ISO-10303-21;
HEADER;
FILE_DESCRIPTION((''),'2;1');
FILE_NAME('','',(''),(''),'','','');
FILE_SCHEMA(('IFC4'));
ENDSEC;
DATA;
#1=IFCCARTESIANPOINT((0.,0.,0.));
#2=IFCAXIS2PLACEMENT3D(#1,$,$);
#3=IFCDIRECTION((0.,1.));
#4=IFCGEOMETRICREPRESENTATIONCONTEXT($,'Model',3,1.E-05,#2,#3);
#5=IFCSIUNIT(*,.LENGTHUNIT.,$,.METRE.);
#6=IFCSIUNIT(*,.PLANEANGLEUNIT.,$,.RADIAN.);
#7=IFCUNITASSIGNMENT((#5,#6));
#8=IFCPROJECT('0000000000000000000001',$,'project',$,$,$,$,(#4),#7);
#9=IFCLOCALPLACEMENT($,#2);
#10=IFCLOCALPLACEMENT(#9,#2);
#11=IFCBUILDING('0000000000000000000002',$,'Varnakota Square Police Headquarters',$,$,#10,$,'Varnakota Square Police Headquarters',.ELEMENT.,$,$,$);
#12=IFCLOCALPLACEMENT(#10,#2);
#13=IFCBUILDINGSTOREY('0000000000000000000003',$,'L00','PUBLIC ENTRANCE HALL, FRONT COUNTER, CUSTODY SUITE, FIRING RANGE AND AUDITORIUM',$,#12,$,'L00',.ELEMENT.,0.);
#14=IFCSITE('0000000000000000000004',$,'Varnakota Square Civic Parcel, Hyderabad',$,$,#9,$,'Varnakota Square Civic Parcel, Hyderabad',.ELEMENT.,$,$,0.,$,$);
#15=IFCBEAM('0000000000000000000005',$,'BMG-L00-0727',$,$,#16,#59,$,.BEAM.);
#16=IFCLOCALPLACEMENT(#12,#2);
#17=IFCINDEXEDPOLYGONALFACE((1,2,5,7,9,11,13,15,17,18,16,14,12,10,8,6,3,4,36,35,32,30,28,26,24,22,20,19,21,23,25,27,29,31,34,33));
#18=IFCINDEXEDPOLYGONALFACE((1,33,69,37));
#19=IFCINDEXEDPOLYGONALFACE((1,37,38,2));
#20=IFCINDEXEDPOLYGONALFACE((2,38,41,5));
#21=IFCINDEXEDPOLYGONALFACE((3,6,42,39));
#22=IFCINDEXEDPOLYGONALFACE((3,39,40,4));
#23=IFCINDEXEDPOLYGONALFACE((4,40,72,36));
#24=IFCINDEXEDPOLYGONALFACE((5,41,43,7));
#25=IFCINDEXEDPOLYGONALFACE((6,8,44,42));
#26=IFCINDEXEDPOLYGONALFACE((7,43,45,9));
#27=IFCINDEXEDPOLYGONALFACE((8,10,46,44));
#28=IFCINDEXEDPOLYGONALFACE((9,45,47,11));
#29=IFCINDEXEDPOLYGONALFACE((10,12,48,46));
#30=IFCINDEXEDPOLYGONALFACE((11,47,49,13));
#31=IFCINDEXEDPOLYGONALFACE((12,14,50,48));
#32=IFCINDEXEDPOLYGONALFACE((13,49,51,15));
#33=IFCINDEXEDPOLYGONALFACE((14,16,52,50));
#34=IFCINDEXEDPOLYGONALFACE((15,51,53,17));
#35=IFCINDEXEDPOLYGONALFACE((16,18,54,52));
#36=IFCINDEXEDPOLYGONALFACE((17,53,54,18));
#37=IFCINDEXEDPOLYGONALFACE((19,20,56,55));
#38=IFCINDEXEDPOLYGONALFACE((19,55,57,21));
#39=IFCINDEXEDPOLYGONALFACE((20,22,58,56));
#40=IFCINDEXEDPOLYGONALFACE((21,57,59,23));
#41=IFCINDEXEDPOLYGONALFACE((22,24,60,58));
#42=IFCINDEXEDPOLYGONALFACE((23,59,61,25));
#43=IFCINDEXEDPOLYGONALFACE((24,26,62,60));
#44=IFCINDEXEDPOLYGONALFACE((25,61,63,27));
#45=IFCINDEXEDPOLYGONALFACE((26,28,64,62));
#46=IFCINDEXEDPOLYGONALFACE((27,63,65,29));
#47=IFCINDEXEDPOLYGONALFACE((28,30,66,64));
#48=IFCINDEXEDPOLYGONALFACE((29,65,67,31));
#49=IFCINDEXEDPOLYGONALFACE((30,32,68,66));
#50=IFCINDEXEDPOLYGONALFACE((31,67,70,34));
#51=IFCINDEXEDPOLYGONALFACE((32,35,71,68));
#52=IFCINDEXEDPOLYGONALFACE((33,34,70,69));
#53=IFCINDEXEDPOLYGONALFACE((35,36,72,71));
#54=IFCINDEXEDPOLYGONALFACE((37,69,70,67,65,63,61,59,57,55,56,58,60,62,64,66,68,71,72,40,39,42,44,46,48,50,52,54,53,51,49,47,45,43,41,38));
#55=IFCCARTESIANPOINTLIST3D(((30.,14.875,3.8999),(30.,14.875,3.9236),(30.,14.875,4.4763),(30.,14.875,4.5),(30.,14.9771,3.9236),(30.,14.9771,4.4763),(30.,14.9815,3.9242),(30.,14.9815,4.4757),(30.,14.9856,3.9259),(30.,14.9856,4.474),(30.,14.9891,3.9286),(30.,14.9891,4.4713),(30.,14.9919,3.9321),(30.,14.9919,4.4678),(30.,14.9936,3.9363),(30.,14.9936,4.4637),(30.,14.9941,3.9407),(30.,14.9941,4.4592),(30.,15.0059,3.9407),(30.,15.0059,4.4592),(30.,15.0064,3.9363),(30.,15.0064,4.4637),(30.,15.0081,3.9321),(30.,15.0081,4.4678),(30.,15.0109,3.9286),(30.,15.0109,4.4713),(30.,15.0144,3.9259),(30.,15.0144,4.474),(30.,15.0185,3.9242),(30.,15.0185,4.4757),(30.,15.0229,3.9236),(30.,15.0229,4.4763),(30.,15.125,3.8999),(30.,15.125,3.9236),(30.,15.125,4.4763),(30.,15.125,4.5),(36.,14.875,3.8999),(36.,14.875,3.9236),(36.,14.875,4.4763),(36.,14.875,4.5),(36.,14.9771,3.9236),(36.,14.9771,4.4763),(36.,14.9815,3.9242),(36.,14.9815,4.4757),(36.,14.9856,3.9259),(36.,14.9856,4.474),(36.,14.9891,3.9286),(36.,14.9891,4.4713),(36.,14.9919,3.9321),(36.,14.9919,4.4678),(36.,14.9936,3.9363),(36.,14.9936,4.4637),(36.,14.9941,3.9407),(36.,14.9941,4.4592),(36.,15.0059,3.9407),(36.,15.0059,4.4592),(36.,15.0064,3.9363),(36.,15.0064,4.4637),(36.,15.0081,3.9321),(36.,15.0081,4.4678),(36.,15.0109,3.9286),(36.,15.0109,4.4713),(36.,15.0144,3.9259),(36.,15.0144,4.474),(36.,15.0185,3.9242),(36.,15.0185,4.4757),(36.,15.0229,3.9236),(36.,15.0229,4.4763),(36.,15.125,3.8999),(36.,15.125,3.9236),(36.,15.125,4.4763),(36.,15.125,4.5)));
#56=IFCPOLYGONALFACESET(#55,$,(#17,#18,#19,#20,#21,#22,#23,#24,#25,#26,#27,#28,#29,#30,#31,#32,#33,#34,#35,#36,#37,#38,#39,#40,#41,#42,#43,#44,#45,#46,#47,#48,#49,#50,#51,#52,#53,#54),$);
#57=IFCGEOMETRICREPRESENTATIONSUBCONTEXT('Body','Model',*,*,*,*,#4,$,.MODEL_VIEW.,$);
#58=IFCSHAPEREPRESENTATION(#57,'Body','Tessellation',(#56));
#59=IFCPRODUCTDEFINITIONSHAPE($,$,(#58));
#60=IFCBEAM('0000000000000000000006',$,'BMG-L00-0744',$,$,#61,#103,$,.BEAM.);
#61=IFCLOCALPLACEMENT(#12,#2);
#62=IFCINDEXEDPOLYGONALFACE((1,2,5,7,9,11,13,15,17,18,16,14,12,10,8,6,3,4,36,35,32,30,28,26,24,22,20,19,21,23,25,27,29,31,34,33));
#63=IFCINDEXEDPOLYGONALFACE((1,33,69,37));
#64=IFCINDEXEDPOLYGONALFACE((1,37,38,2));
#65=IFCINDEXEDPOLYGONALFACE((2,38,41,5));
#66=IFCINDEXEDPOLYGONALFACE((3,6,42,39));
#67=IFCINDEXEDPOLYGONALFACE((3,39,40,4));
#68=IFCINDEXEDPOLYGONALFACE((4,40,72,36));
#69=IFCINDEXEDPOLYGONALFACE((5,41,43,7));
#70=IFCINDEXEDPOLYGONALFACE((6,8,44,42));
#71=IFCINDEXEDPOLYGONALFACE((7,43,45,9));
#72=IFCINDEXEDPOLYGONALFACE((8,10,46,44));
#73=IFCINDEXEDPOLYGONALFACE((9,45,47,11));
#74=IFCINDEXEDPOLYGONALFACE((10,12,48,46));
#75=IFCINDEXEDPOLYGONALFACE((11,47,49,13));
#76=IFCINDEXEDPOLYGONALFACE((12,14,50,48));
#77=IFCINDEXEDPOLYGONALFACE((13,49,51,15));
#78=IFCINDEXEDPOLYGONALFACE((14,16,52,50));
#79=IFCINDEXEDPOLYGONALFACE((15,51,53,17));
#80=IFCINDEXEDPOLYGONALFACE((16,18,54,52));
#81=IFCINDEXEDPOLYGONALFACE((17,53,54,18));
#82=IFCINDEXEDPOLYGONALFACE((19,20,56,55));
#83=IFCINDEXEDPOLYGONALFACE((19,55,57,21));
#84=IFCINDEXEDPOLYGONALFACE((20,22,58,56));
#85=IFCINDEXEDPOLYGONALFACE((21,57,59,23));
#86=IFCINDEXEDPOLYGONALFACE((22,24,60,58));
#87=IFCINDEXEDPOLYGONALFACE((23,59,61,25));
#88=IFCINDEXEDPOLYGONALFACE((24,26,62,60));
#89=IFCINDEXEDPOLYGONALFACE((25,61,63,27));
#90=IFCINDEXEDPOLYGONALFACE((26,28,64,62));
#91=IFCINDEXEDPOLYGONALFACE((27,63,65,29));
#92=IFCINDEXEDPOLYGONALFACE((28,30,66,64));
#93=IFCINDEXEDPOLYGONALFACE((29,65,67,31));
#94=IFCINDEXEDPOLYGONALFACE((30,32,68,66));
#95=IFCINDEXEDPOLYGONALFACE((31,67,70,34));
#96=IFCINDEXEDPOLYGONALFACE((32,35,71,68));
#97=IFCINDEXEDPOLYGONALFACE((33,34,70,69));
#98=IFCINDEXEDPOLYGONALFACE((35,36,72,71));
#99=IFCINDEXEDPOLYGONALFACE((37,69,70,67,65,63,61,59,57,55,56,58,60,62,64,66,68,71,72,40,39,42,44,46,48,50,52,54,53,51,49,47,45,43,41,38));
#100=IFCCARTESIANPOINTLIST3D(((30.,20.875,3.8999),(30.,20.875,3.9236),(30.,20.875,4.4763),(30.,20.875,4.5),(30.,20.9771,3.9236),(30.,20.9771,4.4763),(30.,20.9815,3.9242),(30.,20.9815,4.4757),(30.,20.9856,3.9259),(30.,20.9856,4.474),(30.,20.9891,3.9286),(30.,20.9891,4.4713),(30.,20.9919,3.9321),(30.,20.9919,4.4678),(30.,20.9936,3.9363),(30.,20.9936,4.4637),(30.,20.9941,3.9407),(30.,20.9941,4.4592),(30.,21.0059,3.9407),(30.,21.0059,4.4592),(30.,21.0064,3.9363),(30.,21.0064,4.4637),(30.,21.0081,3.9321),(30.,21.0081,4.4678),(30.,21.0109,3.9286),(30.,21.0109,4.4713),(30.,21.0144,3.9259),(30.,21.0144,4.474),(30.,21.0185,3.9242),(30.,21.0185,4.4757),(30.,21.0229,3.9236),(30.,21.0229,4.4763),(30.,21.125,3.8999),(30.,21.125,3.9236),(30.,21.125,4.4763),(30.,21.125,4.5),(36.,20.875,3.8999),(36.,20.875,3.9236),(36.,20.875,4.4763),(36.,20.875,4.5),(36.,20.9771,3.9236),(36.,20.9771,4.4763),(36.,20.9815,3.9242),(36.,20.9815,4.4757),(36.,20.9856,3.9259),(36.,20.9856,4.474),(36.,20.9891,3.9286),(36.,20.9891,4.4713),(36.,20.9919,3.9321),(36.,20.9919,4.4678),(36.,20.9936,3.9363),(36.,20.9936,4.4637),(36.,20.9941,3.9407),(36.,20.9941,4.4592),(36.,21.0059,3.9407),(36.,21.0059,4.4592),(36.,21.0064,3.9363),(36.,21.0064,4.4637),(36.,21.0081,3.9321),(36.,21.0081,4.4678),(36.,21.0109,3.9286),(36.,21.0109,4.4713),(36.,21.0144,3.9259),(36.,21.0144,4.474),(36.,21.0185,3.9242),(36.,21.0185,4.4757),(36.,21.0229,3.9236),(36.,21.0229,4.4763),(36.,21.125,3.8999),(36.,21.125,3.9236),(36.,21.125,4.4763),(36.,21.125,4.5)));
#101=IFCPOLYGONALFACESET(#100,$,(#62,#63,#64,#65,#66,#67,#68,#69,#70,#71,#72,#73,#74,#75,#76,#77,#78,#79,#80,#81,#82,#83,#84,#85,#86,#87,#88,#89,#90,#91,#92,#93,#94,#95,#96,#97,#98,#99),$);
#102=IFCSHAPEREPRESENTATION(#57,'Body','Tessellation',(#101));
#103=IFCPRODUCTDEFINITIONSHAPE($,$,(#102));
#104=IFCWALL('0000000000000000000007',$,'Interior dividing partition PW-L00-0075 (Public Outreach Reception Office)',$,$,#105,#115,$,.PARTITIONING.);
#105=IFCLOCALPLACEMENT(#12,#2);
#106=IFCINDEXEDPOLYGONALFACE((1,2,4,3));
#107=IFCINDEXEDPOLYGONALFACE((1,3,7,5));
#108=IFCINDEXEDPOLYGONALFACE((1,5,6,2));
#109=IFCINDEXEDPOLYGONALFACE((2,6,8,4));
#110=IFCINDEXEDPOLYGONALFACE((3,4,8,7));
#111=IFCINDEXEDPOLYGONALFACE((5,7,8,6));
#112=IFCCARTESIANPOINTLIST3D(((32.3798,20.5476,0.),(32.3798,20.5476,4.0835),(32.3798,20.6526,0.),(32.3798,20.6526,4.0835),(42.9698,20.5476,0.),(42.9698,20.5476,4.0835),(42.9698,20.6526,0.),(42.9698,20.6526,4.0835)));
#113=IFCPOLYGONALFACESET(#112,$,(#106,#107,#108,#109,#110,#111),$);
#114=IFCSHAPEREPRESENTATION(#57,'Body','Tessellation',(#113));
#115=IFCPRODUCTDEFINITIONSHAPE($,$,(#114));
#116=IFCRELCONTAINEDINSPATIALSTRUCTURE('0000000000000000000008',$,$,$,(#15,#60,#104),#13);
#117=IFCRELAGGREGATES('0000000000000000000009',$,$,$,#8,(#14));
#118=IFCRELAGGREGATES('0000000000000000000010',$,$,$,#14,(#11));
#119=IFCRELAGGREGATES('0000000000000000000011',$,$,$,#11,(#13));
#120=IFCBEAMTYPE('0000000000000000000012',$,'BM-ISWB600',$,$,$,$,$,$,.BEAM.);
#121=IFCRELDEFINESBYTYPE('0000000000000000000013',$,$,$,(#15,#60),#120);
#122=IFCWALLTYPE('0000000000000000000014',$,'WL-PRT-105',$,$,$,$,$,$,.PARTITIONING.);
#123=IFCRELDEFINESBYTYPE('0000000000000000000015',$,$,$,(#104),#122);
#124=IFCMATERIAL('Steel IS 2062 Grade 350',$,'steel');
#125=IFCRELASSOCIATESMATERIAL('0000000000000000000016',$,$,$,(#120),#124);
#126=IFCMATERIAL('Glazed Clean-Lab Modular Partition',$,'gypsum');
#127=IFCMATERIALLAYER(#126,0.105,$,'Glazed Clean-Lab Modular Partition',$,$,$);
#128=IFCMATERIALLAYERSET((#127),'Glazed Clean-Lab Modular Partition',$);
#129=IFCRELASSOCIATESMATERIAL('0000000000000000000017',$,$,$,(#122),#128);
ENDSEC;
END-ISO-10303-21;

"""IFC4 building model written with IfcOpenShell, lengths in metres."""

from ifc_helpers import new_model, si_unit, direction, frame, frame_2d, origin, origin_2d, place, context, subcontext, project, spatial, rectangle, i_section, extrude, material, layer, layer_set, material_profile, profile_set, type_object, element, save


model = new_model("IFC4")

# Units and contexts
model_context = context("Model", 3, precision=1e-05, world=origin(), true_north=direction((0.0, 1.0)))
body_context = subcontext(model_context, "Body", "Model", "MODEL_VIEW")
ifc_project = project(units=[si_unit("LENGTHUNIT", "METRE"), si_unit("PLANEANGLEUNIT", "RADIAN")], contexts=[model_context])

# Site, building, storey
site_placement = place(None, origin())
site = spatial("IfcSite", under=ifc_project, at=site_placement, Name="Varnakota Square Civic Parcel, Hyderabad", LongName="Varnakota Square Civic Parcel, Hyderabad", CompositionType="ELEMENT", RefElevation=0.0)
building_placement = place(site_placement, origin())
building = spatial("IfcBuilding", under=site, at=building_placement, Name="Varnakota Square Police Headquarters", LongName="Varnakota Square Police Headquarters", CompositionType="ELEMENT")
storey_placement = place(building_placement, origin())
storey = spatial("IfcBuildingStorey", under=building, at=storey_placement, Name="L00", Description="PUBLIC ENTRANCE HALL, FRONT COUNTER, CUSTODY SUITE, FIRING RANGE AND AUDITORIUM", LongName="L00", CompositionType="ELEMENT", Elevation=0.0)

# Beams
ifc_material_1 = material(Name="Steel IS 2062 Grade 350", Category="steel")
ifc_material_profile_1 = material_profile(ifc_material_1, i_section(OverallWidth=0.25, OverallDepth=0.6001, WebThickness=0.0117, FlangeThickness=0.0237, FilletRadius=0.0171, at=origin_2d()), Name="ISWB 600")
ifc_profile_set_1 = profile_set([ifc_material_profile_1], Name="Steel IS 2062 Grade 350")
beam_type_1 = type_object("IfcBeamType", Name="BM-ISWB600", PredefinedType="BEAM", material=ifc_profile_set_1)
for number, where, z_axis, x_axis, name in (
    (1, (30.0, 15.0, 4.2), (1.0, 0.0, 0.0), (0.0, 1.0, 0.0), "BMG-L00-0727"),
    (2, (30.0, 21.0, 4.2), (1.0, 0.0, 0.0), (0.0, 1.0, 0.0), "BMG-L00-0744"),
):
    element("IfcBeam", number, at=place(storey_placement, frame(where, z_axis=z_axis, x_axis=x_axis)), inside=storey, type_object=beam_type_1, Name=name, PredefinedType="BEAM", context=body_context, shape_type="SweptSolid", body=[
        extrude(i_section(OverallWidth=0.25, OverallDepth=0.6001, WebThickness=0.0117, FlangeThickness=0.0237, FilletRadius=0.0171, at=origin_2d()), origin(), (0.0, 0.0, 1.0), 6.0),
    ])

# Wall
ifc_material_2 = material(Name="Glazed Clean-Lab Modular Partition", Category="gypsum")
ifc_layer = layer(ifc_material_2, 0.105, Name="Glazed Clean-Lab Modular Partition")
ifc_layer_set = layer_set([ifc_layer], Name="Glazed Clean-Lab Modular Partition")
wall_type = type_object("IfcWallType", Name="WL-PRT-105", PredefinedType="PARTITIONING", material=ifc_layer_set)
wall_placement = place(storey_placement, frame((32.3799, 20.6001, 0.0), z_axis=(0.0, 0.0, 1.0), x_axis=(1.0, 0.0, 0.0)))
element("IfcWall", 3, at=wall_placement, inside=storey, type_object=wall_type, Name="Interior dividing partition PW-L00-0075 (Public Outreach Reception Office)", PredefinedType="PARTITIONING", context=body_context, shape_type="SweptSolid", body=[
    extrude(rectangle(XDim=10.5901, YDim=0.105, at=frame_2d((5.2949, 0.0))), origin(), (0.0, 0.0, 1.0), 4.0835),
])

save(model, "model.ifc")
